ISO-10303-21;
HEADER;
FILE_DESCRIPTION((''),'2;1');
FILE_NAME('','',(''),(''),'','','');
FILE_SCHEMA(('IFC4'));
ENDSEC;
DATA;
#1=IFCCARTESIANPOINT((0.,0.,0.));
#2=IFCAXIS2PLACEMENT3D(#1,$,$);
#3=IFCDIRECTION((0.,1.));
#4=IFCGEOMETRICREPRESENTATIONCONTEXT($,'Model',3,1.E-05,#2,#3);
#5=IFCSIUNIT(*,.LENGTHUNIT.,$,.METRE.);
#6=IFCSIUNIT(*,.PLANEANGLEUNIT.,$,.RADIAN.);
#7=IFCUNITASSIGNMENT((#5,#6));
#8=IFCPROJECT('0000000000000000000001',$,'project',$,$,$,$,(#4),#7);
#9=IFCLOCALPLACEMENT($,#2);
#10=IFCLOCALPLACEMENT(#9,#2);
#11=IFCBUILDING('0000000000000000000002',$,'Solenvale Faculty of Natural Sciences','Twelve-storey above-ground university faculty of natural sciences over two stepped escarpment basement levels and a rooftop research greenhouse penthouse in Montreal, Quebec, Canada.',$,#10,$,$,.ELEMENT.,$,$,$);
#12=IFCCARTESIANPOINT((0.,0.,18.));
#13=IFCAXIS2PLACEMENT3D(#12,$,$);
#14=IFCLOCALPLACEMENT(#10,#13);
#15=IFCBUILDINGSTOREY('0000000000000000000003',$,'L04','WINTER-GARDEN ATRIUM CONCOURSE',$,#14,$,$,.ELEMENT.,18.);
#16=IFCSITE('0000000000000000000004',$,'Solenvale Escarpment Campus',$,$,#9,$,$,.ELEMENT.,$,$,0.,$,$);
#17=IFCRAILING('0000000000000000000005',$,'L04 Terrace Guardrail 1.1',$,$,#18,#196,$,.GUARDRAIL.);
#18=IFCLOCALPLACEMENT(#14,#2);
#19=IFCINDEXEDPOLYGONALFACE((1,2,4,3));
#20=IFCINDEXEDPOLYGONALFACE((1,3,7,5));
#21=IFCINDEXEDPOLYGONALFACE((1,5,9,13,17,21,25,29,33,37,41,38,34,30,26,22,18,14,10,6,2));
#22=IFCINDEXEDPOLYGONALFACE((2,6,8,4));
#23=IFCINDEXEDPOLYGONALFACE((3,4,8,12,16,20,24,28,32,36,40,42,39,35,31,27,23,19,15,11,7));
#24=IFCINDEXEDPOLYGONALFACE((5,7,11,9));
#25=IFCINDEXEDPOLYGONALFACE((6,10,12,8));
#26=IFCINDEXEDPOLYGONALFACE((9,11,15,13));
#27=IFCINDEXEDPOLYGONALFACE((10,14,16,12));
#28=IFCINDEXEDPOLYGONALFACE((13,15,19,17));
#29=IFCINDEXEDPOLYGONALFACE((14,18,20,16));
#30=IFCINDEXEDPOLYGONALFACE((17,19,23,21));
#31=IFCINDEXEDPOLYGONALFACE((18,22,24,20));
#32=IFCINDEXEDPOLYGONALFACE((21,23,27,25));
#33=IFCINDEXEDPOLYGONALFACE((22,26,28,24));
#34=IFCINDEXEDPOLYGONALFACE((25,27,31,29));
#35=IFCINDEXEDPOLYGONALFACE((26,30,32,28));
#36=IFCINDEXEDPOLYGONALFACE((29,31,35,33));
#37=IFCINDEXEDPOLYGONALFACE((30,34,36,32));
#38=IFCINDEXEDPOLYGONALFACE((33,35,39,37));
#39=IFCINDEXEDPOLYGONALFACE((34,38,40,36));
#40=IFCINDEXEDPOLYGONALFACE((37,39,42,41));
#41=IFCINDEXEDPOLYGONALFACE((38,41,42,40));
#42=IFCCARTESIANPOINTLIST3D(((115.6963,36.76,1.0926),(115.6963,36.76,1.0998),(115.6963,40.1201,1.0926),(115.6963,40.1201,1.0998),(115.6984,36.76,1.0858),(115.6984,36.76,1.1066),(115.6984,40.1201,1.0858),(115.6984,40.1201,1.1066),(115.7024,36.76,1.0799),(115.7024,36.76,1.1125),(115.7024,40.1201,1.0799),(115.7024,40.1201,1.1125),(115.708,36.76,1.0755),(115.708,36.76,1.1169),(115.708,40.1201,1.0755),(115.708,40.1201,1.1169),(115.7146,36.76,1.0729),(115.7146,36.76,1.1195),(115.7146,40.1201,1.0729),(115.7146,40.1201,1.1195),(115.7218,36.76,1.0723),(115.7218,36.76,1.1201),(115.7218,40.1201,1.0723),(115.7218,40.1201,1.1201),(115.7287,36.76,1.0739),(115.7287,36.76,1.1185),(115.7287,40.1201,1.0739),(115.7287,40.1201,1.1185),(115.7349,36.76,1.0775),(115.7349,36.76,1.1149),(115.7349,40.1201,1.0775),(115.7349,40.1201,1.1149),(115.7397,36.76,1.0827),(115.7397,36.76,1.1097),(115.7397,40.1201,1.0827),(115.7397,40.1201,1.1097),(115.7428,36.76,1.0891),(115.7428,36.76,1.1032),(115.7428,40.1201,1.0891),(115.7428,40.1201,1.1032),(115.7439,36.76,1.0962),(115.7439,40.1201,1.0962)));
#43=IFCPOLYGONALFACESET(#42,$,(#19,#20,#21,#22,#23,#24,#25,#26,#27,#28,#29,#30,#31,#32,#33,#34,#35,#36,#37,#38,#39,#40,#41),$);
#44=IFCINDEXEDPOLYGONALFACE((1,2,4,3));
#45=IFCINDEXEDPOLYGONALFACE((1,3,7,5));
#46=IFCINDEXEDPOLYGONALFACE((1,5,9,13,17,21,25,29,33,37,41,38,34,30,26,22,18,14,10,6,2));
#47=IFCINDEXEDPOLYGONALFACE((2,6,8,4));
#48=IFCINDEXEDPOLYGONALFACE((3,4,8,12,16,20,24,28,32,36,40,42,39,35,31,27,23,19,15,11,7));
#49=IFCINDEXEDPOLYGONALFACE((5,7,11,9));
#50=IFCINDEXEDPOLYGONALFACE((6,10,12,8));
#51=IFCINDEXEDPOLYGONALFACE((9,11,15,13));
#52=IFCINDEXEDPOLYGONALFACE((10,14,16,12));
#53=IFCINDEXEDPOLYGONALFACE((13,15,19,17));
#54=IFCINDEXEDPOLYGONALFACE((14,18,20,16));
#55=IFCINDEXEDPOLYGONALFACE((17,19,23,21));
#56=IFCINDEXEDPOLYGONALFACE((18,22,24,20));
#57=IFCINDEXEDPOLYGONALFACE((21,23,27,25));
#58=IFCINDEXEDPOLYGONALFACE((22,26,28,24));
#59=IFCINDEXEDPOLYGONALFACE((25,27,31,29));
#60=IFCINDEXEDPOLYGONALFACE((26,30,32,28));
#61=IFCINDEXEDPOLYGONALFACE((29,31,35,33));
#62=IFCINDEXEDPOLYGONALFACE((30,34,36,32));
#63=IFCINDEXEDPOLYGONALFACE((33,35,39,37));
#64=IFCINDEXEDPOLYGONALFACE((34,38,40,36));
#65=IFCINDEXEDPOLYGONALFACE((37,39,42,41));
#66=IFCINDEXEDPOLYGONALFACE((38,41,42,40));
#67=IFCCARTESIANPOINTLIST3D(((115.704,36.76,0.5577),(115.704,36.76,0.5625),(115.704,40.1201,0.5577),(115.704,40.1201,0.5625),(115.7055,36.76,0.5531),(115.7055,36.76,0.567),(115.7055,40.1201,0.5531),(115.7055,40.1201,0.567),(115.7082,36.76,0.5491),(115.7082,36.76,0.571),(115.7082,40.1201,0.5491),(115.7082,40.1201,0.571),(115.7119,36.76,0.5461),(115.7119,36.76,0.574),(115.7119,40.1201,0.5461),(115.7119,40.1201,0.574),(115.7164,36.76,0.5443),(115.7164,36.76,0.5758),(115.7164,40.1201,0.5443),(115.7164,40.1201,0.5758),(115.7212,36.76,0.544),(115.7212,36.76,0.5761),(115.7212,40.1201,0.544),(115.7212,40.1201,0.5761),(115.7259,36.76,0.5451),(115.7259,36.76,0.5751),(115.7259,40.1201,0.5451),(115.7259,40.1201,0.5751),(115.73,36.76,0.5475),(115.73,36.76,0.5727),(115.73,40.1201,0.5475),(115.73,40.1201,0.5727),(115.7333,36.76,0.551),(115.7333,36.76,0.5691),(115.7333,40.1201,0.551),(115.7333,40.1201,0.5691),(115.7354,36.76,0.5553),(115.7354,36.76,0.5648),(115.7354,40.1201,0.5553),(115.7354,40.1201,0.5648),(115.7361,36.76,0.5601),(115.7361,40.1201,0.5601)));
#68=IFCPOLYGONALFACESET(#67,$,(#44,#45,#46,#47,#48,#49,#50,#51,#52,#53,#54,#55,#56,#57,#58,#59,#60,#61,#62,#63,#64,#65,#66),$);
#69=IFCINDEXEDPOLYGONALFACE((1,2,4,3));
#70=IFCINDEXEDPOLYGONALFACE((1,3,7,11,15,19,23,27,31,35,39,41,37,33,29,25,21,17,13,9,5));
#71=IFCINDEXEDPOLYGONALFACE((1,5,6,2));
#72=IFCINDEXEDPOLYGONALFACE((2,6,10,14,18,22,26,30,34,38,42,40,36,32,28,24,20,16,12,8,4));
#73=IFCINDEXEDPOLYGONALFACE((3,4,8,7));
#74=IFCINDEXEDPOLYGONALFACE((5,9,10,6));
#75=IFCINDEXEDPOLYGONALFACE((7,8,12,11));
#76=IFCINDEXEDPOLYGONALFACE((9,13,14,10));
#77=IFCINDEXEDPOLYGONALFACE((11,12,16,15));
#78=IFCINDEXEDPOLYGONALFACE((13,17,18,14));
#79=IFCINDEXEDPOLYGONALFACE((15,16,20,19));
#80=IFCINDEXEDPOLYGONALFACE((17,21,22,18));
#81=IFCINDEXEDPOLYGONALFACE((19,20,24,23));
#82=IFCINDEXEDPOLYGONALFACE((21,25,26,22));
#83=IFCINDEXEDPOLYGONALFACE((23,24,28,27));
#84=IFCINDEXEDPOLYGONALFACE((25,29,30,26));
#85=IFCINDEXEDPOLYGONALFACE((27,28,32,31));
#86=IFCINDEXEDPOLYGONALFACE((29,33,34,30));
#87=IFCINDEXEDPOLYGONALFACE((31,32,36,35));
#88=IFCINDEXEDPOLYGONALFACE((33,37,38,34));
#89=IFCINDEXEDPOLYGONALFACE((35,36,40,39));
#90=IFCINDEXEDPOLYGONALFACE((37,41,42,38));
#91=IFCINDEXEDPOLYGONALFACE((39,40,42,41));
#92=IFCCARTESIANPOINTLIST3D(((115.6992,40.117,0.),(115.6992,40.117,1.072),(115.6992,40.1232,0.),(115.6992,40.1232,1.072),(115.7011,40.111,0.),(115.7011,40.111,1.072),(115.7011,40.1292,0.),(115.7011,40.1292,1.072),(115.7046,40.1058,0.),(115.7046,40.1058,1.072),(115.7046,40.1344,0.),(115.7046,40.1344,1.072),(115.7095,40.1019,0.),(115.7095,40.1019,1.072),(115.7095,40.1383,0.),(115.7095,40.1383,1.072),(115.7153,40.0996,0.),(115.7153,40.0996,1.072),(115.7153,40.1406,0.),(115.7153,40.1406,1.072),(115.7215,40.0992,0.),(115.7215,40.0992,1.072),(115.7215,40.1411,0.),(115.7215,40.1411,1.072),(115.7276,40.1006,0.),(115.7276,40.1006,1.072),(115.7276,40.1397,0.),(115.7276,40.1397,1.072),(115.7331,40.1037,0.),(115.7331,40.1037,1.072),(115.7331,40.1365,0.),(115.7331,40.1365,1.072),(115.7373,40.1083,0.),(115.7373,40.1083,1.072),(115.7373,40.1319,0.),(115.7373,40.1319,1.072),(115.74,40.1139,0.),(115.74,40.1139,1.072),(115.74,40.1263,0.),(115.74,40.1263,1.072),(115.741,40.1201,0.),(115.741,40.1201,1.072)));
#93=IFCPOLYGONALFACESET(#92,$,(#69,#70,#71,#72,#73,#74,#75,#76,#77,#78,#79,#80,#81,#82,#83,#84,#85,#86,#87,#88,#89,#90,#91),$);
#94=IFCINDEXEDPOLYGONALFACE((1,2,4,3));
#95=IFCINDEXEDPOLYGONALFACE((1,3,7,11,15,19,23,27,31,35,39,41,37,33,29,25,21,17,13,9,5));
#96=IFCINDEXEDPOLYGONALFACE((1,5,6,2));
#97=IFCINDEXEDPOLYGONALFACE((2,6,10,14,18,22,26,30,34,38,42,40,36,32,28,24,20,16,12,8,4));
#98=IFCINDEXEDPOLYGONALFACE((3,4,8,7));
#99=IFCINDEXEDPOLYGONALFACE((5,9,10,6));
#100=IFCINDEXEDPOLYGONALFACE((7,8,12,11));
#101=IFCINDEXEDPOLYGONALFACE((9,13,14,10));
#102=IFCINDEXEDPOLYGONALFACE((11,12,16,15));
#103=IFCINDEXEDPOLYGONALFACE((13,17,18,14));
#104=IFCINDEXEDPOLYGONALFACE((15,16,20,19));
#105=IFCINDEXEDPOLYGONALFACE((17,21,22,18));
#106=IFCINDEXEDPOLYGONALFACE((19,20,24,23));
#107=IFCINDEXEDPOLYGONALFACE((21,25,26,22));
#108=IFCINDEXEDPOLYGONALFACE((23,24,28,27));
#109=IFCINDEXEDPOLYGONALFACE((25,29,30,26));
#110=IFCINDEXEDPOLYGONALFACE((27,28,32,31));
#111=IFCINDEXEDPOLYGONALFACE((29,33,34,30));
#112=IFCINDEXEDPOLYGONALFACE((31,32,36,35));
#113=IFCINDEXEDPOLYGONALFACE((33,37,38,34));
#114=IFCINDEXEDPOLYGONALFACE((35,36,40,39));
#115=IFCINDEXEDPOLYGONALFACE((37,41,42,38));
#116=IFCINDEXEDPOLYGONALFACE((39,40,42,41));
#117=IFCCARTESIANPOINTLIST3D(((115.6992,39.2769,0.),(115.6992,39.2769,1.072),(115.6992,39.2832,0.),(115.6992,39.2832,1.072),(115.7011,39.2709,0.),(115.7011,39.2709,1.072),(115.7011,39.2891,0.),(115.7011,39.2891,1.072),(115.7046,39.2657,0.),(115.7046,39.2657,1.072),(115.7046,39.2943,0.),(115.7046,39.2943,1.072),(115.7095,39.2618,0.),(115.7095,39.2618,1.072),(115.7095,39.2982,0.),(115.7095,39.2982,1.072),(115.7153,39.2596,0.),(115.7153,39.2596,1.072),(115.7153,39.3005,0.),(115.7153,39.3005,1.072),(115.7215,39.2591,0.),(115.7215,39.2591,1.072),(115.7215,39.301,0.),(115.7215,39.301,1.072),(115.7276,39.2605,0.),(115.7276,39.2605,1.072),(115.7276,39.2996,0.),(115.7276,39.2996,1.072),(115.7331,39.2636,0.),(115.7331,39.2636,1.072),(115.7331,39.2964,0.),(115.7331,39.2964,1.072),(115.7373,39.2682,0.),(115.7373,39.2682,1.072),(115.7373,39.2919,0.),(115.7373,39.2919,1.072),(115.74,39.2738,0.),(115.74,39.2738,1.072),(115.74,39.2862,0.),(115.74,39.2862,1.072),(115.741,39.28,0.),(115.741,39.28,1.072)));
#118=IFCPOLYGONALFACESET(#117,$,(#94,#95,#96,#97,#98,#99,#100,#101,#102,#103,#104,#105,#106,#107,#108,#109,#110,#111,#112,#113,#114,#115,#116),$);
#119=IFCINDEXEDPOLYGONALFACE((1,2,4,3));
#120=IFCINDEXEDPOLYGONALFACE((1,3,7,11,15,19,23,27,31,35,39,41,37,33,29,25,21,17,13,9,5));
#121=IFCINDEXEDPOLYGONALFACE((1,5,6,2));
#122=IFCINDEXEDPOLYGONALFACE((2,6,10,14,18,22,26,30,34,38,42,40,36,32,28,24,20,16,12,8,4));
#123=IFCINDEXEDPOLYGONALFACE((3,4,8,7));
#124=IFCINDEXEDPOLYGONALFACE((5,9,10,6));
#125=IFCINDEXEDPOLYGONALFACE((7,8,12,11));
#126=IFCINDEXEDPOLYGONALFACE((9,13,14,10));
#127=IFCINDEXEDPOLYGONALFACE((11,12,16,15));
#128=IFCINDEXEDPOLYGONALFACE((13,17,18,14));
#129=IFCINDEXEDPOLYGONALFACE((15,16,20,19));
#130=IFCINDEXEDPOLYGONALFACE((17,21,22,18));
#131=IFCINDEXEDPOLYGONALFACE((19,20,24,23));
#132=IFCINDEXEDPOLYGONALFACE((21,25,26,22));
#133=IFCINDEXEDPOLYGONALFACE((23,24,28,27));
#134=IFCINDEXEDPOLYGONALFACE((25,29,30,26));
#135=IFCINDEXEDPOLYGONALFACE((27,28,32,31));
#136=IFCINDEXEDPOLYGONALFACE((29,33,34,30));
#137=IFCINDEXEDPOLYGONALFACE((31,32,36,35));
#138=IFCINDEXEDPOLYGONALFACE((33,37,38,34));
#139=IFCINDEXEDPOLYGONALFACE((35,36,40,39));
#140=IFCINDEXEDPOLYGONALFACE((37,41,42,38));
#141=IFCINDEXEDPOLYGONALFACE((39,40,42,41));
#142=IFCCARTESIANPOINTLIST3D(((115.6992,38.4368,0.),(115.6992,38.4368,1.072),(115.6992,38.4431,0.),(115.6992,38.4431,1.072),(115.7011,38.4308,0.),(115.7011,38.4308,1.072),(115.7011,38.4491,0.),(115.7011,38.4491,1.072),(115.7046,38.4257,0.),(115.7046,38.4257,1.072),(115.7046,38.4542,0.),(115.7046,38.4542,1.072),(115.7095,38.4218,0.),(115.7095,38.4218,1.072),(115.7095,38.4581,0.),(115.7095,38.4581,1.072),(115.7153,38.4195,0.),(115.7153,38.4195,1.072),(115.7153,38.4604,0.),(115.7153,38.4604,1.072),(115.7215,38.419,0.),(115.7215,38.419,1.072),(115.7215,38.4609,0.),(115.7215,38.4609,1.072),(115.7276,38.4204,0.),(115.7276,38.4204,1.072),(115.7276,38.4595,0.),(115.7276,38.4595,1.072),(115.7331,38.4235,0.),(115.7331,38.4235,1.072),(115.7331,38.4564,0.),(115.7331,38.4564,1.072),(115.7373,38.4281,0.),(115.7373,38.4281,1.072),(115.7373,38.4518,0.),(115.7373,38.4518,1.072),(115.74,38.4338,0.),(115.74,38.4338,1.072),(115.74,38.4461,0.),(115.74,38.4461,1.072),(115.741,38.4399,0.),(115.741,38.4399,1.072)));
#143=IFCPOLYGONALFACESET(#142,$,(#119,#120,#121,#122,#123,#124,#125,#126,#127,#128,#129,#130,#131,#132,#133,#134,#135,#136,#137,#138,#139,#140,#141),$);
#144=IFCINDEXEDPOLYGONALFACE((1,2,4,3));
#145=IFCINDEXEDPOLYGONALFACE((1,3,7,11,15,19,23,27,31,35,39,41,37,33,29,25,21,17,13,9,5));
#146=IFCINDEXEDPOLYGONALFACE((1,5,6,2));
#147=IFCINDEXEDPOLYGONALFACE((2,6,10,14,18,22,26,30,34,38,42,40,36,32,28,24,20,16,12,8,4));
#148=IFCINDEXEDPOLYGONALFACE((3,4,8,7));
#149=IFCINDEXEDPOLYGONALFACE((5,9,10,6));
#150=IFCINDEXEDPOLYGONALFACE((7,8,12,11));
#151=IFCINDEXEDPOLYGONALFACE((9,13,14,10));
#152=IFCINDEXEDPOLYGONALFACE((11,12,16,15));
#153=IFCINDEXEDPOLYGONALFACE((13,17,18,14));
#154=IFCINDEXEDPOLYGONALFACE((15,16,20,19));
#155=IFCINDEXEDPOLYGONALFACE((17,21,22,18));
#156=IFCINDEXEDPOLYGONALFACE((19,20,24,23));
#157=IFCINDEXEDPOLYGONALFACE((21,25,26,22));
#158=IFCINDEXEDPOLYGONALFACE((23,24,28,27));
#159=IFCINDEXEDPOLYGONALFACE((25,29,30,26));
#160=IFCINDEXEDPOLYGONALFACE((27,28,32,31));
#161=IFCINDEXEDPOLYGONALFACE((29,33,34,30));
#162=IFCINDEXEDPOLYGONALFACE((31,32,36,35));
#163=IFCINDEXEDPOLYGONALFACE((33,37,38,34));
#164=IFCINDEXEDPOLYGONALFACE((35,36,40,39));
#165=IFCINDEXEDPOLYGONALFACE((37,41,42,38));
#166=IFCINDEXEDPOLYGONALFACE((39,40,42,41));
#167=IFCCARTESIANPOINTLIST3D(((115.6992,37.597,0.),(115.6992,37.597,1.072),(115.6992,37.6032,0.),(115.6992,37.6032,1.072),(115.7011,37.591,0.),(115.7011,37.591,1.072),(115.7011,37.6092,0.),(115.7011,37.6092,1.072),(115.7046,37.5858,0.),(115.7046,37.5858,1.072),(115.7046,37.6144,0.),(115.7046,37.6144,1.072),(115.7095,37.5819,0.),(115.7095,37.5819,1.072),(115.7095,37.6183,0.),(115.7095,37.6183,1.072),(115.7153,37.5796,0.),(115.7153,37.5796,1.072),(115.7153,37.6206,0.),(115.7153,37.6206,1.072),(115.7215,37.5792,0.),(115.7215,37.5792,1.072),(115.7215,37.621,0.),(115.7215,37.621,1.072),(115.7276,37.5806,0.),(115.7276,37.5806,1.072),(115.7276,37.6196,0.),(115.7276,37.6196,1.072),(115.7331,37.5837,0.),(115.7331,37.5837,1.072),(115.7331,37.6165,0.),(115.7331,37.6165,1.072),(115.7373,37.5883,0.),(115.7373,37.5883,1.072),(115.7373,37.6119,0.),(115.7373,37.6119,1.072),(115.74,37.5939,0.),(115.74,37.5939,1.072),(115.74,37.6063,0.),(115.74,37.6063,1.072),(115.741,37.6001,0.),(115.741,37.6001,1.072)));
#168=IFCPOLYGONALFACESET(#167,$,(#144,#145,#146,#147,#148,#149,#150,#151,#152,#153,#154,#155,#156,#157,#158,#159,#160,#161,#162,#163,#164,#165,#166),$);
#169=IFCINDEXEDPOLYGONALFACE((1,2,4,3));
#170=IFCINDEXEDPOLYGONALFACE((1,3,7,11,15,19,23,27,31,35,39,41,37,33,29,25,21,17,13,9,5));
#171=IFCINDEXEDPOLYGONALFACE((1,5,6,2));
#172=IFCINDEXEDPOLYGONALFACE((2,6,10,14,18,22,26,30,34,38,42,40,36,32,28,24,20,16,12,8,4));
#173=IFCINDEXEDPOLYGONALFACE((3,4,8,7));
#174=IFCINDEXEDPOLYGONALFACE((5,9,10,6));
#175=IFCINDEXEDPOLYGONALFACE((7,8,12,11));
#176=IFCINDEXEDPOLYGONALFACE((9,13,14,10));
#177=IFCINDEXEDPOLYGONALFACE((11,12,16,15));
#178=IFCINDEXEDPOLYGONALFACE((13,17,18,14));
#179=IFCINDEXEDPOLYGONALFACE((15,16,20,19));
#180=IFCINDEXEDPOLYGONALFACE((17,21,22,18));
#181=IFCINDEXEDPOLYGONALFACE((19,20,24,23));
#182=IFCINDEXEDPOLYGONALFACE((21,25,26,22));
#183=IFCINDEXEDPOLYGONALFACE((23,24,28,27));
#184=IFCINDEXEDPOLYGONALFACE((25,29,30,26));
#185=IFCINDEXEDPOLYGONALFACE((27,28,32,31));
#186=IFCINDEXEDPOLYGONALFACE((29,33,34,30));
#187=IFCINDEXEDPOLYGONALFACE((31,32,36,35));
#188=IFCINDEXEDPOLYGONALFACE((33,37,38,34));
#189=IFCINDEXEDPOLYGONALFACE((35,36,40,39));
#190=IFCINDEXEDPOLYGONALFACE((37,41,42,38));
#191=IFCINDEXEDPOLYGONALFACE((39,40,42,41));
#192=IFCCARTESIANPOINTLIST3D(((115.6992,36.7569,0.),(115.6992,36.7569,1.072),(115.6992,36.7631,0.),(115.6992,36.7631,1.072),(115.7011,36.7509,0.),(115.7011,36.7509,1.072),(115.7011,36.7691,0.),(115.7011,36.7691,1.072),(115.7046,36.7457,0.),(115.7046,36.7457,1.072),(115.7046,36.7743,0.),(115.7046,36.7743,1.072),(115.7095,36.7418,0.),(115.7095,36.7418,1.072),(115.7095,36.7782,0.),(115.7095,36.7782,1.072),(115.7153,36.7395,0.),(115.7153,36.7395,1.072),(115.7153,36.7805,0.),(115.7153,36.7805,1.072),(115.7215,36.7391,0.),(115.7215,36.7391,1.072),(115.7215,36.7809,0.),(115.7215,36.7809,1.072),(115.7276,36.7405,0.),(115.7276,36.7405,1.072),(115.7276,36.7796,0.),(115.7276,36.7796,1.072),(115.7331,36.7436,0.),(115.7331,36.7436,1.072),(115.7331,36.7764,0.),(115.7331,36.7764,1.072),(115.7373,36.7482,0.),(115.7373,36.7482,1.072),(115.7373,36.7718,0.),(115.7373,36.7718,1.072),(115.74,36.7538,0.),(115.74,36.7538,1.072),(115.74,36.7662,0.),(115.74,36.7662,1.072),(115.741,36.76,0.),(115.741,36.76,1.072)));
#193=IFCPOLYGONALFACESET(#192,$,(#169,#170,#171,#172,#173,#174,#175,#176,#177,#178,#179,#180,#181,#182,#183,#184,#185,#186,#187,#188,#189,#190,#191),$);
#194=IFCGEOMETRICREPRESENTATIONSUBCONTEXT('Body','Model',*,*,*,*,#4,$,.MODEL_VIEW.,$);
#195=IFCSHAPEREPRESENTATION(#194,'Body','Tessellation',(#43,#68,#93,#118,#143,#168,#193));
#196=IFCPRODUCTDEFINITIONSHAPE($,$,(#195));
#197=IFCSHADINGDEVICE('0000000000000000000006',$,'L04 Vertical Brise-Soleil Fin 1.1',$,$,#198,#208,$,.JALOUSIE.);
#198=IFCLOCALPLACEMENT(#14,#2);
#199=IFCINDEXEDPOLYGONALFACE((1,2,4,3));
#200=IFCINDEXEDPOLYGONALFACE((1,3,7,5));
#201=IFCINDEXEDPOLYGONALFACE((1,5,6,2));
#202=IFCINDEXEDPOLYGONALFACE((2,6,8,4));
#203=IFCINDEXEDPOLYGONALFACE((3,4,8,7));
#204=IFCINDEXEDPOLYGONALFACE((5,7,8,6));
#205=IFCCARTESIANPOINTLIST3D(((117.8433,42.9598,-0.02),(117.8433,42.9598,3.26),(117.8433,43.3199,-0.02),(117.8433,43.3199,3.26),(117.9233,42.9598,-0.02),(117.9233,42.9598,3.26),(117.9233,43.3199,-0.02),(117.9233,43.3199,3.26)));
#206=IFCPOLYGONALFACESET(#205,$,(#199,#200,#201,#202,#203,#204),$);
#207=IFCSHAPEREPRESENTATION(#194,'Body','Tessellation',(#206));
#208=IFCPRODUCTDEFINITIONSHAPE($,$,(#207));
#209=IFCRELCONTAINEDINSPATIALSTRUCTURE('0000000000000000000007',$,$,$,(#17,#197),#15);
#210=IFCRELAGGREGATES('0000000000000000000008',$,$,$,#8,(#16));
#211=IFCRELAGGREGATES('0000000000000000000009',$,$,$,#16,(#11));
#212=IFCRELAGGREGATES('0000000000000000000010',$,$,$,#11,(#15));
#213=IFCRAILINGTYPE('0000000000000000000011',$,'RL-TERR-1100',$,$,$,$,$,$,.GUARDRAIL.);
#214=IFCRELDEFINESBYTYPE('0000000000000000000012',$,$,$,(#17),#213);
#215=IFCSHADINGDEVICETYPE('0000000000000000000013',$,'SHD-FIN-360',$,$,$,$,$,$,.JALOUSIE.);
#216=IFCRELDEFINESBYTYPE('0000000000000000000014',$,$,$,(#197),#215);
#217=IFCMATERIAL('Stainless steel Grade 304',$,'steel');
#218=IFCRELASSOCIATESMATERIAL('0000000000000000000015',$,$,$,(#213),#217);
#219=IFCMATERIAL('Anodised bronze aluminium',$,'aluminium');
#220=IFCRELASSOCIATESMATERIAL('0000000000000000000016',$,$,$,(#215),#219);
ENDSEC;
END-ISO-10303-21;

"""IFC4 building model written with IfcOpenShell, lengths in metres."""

from ifc_helpers import new_model, si_unit, direction, frame, origin, origin_2d, place, context, subcontext, project, spatial, rectangle, circle, extrude, material, material_profile, profile_set, type_object, element, save


model = new_model("IFC4")

# Units and contexts
model_context = context("Model", 3, precision=1e-05, world=origin(), true_north=direction((0.0, 1.0)))
body_context = subcontext(model_context, "Body", "Model", "MODEL_VIEW")
ifc_project = project(units=[si_unit("LENGTHUNIT", "METRE"), si_unit("PLANEANGLEUNIT", "RADIAN")], contexts=[model_context])

# Site, building, storey
site_placement = place(None, origin())
site = spatial("IfcSite", under=ifc_project, at=site_placement, Name="Solenvale Escarpment Campus", CompositionType="ELEMENT", RefElevation=0.0)
building_placement = place(site_placement, origin())
building = spatial("IfcBuilding", under=site, at=building_placement, Name="Solenvale Faculty of Natural Sciences", Description="Twelve-storey above-ground university faculty of natural sciences over two stepped escarpment basement levels and a rooftop research greenhouse penthouse in Montreal, Quebec, Canada.", CompositionType="ELEMENT")
storey_placement = place(building_placement, frame((0.0, 0.0, 18.0)))
storey = spatial("IfcBuildingStorey", under=building, at=storey_placement, Name="L04", Description="WINTER-GARDEN ATRIUM CONCOURSE", CompositionType="ELEMENT", Elevation=18.0)

# Shared definitions
ifc_material_1 = material(Name="Anodised bronze aluminium", Category="aluminium")

# Railing
ifc_material_2 = material(Name="Stainless steel Grade 304", Category="steel")
railing_type = type_object("IfcRailingType", Name="RL-TERR-1100", PredefinedType="GUARDRAIL", material=ifc_material_2)
railing_placement = place(storey_placement, frame((115.72, 40.1201, 0.0)))
element("IfcRailing", 1, at=railing_placement, inside=storey, type_object=railing_type, Name="L04 Terrace Guardrail 1.1", PredefinedType="GUARDRAIL", context=body_context, shape_type="SweptSolid", body=[
    extrude(circle(Radius=0.0239, at=origin_2d()), frame((0.0, 0.0, 1.0962), z_axis=(0.0, -1.0, 0.0), x_axis=(1.0, 0.0, 0.0)), (0.0, 0.0, 1.0), 3.3601),
    extrude(circle(Radius=0.0161, at=origin_2d()), frame((0.0, 0.0, 0.5601), z_axis=(0.0, -1.0, 0.0), x_axis=(1.0, 0.0, 0.0)), (0.0, 0.0, 1.0), 3.3601),
    extrude(circle(Radius=0.021, at=origin_2d()), origin(), (0.0, 0.0, 1.0), 1.072),
    extrude(circle(Radius=0.021, at=origin_2d()), frame((0.0, -0.8401, 0.0)), (0.0, 0.0, 1.0), 1.072),
    extrude(circle(Radius=0.021, at=origin_2d()), frame((0.0, -1.6802, 0.0)), (0.0, 0.0, 1.0), 1.072),
    extrude(circle(Radius=0.021, at=origin_2d()), frame((0.0, -2.52, 0.0)), (0.0, 0.0, 1.0), 1.072),
    extrude(circle(Radius=0.021, at=origin_2d()), frame((0.0, -3.3601, 0.0)), (0.0, 0.0, 1.0), 1.072),
])

# Shading device
ifc_material_profile_1 = material_profile(ifc_material_1, rectangle(XDim=0.0801, YDim=0.3601, at=origin_2d()), Name="ALU-FIN-80x360")
ifc_profile_set_1 = profile_set([ifc_material_profile_1], Name="Anodised bronze aluminium")
shading_device_type = type_object("IfcShadingDeviceType", Name="SHD-FIN-360", PredefinedType="JALOUSIE", material=ifc_profile_set_1)
shading_device_placement = place(storey_placement, frame((117.8833, 43.1399, -0.02), z_axis=(0.0, 0.0, 1.0), x_axis=(1.0, 0.0, 0.0)))
element("IfcShadingDevice", 2, at=shading_device_placement, inside=storey, type_object=shading_device_type, Name="L04 Vertical Brise-Soleil Fin 1.1", PredefinedType="JALOUSIE", context=body_context, shape_type="SweptSolid", body=[
    extrude(rectangle(XDim=0.0801, YDim=0.3601, at=origin_2d()), origin(), (0.0, 0.0, 1.0), 3.28),
])

save(model, "model.ifc")
